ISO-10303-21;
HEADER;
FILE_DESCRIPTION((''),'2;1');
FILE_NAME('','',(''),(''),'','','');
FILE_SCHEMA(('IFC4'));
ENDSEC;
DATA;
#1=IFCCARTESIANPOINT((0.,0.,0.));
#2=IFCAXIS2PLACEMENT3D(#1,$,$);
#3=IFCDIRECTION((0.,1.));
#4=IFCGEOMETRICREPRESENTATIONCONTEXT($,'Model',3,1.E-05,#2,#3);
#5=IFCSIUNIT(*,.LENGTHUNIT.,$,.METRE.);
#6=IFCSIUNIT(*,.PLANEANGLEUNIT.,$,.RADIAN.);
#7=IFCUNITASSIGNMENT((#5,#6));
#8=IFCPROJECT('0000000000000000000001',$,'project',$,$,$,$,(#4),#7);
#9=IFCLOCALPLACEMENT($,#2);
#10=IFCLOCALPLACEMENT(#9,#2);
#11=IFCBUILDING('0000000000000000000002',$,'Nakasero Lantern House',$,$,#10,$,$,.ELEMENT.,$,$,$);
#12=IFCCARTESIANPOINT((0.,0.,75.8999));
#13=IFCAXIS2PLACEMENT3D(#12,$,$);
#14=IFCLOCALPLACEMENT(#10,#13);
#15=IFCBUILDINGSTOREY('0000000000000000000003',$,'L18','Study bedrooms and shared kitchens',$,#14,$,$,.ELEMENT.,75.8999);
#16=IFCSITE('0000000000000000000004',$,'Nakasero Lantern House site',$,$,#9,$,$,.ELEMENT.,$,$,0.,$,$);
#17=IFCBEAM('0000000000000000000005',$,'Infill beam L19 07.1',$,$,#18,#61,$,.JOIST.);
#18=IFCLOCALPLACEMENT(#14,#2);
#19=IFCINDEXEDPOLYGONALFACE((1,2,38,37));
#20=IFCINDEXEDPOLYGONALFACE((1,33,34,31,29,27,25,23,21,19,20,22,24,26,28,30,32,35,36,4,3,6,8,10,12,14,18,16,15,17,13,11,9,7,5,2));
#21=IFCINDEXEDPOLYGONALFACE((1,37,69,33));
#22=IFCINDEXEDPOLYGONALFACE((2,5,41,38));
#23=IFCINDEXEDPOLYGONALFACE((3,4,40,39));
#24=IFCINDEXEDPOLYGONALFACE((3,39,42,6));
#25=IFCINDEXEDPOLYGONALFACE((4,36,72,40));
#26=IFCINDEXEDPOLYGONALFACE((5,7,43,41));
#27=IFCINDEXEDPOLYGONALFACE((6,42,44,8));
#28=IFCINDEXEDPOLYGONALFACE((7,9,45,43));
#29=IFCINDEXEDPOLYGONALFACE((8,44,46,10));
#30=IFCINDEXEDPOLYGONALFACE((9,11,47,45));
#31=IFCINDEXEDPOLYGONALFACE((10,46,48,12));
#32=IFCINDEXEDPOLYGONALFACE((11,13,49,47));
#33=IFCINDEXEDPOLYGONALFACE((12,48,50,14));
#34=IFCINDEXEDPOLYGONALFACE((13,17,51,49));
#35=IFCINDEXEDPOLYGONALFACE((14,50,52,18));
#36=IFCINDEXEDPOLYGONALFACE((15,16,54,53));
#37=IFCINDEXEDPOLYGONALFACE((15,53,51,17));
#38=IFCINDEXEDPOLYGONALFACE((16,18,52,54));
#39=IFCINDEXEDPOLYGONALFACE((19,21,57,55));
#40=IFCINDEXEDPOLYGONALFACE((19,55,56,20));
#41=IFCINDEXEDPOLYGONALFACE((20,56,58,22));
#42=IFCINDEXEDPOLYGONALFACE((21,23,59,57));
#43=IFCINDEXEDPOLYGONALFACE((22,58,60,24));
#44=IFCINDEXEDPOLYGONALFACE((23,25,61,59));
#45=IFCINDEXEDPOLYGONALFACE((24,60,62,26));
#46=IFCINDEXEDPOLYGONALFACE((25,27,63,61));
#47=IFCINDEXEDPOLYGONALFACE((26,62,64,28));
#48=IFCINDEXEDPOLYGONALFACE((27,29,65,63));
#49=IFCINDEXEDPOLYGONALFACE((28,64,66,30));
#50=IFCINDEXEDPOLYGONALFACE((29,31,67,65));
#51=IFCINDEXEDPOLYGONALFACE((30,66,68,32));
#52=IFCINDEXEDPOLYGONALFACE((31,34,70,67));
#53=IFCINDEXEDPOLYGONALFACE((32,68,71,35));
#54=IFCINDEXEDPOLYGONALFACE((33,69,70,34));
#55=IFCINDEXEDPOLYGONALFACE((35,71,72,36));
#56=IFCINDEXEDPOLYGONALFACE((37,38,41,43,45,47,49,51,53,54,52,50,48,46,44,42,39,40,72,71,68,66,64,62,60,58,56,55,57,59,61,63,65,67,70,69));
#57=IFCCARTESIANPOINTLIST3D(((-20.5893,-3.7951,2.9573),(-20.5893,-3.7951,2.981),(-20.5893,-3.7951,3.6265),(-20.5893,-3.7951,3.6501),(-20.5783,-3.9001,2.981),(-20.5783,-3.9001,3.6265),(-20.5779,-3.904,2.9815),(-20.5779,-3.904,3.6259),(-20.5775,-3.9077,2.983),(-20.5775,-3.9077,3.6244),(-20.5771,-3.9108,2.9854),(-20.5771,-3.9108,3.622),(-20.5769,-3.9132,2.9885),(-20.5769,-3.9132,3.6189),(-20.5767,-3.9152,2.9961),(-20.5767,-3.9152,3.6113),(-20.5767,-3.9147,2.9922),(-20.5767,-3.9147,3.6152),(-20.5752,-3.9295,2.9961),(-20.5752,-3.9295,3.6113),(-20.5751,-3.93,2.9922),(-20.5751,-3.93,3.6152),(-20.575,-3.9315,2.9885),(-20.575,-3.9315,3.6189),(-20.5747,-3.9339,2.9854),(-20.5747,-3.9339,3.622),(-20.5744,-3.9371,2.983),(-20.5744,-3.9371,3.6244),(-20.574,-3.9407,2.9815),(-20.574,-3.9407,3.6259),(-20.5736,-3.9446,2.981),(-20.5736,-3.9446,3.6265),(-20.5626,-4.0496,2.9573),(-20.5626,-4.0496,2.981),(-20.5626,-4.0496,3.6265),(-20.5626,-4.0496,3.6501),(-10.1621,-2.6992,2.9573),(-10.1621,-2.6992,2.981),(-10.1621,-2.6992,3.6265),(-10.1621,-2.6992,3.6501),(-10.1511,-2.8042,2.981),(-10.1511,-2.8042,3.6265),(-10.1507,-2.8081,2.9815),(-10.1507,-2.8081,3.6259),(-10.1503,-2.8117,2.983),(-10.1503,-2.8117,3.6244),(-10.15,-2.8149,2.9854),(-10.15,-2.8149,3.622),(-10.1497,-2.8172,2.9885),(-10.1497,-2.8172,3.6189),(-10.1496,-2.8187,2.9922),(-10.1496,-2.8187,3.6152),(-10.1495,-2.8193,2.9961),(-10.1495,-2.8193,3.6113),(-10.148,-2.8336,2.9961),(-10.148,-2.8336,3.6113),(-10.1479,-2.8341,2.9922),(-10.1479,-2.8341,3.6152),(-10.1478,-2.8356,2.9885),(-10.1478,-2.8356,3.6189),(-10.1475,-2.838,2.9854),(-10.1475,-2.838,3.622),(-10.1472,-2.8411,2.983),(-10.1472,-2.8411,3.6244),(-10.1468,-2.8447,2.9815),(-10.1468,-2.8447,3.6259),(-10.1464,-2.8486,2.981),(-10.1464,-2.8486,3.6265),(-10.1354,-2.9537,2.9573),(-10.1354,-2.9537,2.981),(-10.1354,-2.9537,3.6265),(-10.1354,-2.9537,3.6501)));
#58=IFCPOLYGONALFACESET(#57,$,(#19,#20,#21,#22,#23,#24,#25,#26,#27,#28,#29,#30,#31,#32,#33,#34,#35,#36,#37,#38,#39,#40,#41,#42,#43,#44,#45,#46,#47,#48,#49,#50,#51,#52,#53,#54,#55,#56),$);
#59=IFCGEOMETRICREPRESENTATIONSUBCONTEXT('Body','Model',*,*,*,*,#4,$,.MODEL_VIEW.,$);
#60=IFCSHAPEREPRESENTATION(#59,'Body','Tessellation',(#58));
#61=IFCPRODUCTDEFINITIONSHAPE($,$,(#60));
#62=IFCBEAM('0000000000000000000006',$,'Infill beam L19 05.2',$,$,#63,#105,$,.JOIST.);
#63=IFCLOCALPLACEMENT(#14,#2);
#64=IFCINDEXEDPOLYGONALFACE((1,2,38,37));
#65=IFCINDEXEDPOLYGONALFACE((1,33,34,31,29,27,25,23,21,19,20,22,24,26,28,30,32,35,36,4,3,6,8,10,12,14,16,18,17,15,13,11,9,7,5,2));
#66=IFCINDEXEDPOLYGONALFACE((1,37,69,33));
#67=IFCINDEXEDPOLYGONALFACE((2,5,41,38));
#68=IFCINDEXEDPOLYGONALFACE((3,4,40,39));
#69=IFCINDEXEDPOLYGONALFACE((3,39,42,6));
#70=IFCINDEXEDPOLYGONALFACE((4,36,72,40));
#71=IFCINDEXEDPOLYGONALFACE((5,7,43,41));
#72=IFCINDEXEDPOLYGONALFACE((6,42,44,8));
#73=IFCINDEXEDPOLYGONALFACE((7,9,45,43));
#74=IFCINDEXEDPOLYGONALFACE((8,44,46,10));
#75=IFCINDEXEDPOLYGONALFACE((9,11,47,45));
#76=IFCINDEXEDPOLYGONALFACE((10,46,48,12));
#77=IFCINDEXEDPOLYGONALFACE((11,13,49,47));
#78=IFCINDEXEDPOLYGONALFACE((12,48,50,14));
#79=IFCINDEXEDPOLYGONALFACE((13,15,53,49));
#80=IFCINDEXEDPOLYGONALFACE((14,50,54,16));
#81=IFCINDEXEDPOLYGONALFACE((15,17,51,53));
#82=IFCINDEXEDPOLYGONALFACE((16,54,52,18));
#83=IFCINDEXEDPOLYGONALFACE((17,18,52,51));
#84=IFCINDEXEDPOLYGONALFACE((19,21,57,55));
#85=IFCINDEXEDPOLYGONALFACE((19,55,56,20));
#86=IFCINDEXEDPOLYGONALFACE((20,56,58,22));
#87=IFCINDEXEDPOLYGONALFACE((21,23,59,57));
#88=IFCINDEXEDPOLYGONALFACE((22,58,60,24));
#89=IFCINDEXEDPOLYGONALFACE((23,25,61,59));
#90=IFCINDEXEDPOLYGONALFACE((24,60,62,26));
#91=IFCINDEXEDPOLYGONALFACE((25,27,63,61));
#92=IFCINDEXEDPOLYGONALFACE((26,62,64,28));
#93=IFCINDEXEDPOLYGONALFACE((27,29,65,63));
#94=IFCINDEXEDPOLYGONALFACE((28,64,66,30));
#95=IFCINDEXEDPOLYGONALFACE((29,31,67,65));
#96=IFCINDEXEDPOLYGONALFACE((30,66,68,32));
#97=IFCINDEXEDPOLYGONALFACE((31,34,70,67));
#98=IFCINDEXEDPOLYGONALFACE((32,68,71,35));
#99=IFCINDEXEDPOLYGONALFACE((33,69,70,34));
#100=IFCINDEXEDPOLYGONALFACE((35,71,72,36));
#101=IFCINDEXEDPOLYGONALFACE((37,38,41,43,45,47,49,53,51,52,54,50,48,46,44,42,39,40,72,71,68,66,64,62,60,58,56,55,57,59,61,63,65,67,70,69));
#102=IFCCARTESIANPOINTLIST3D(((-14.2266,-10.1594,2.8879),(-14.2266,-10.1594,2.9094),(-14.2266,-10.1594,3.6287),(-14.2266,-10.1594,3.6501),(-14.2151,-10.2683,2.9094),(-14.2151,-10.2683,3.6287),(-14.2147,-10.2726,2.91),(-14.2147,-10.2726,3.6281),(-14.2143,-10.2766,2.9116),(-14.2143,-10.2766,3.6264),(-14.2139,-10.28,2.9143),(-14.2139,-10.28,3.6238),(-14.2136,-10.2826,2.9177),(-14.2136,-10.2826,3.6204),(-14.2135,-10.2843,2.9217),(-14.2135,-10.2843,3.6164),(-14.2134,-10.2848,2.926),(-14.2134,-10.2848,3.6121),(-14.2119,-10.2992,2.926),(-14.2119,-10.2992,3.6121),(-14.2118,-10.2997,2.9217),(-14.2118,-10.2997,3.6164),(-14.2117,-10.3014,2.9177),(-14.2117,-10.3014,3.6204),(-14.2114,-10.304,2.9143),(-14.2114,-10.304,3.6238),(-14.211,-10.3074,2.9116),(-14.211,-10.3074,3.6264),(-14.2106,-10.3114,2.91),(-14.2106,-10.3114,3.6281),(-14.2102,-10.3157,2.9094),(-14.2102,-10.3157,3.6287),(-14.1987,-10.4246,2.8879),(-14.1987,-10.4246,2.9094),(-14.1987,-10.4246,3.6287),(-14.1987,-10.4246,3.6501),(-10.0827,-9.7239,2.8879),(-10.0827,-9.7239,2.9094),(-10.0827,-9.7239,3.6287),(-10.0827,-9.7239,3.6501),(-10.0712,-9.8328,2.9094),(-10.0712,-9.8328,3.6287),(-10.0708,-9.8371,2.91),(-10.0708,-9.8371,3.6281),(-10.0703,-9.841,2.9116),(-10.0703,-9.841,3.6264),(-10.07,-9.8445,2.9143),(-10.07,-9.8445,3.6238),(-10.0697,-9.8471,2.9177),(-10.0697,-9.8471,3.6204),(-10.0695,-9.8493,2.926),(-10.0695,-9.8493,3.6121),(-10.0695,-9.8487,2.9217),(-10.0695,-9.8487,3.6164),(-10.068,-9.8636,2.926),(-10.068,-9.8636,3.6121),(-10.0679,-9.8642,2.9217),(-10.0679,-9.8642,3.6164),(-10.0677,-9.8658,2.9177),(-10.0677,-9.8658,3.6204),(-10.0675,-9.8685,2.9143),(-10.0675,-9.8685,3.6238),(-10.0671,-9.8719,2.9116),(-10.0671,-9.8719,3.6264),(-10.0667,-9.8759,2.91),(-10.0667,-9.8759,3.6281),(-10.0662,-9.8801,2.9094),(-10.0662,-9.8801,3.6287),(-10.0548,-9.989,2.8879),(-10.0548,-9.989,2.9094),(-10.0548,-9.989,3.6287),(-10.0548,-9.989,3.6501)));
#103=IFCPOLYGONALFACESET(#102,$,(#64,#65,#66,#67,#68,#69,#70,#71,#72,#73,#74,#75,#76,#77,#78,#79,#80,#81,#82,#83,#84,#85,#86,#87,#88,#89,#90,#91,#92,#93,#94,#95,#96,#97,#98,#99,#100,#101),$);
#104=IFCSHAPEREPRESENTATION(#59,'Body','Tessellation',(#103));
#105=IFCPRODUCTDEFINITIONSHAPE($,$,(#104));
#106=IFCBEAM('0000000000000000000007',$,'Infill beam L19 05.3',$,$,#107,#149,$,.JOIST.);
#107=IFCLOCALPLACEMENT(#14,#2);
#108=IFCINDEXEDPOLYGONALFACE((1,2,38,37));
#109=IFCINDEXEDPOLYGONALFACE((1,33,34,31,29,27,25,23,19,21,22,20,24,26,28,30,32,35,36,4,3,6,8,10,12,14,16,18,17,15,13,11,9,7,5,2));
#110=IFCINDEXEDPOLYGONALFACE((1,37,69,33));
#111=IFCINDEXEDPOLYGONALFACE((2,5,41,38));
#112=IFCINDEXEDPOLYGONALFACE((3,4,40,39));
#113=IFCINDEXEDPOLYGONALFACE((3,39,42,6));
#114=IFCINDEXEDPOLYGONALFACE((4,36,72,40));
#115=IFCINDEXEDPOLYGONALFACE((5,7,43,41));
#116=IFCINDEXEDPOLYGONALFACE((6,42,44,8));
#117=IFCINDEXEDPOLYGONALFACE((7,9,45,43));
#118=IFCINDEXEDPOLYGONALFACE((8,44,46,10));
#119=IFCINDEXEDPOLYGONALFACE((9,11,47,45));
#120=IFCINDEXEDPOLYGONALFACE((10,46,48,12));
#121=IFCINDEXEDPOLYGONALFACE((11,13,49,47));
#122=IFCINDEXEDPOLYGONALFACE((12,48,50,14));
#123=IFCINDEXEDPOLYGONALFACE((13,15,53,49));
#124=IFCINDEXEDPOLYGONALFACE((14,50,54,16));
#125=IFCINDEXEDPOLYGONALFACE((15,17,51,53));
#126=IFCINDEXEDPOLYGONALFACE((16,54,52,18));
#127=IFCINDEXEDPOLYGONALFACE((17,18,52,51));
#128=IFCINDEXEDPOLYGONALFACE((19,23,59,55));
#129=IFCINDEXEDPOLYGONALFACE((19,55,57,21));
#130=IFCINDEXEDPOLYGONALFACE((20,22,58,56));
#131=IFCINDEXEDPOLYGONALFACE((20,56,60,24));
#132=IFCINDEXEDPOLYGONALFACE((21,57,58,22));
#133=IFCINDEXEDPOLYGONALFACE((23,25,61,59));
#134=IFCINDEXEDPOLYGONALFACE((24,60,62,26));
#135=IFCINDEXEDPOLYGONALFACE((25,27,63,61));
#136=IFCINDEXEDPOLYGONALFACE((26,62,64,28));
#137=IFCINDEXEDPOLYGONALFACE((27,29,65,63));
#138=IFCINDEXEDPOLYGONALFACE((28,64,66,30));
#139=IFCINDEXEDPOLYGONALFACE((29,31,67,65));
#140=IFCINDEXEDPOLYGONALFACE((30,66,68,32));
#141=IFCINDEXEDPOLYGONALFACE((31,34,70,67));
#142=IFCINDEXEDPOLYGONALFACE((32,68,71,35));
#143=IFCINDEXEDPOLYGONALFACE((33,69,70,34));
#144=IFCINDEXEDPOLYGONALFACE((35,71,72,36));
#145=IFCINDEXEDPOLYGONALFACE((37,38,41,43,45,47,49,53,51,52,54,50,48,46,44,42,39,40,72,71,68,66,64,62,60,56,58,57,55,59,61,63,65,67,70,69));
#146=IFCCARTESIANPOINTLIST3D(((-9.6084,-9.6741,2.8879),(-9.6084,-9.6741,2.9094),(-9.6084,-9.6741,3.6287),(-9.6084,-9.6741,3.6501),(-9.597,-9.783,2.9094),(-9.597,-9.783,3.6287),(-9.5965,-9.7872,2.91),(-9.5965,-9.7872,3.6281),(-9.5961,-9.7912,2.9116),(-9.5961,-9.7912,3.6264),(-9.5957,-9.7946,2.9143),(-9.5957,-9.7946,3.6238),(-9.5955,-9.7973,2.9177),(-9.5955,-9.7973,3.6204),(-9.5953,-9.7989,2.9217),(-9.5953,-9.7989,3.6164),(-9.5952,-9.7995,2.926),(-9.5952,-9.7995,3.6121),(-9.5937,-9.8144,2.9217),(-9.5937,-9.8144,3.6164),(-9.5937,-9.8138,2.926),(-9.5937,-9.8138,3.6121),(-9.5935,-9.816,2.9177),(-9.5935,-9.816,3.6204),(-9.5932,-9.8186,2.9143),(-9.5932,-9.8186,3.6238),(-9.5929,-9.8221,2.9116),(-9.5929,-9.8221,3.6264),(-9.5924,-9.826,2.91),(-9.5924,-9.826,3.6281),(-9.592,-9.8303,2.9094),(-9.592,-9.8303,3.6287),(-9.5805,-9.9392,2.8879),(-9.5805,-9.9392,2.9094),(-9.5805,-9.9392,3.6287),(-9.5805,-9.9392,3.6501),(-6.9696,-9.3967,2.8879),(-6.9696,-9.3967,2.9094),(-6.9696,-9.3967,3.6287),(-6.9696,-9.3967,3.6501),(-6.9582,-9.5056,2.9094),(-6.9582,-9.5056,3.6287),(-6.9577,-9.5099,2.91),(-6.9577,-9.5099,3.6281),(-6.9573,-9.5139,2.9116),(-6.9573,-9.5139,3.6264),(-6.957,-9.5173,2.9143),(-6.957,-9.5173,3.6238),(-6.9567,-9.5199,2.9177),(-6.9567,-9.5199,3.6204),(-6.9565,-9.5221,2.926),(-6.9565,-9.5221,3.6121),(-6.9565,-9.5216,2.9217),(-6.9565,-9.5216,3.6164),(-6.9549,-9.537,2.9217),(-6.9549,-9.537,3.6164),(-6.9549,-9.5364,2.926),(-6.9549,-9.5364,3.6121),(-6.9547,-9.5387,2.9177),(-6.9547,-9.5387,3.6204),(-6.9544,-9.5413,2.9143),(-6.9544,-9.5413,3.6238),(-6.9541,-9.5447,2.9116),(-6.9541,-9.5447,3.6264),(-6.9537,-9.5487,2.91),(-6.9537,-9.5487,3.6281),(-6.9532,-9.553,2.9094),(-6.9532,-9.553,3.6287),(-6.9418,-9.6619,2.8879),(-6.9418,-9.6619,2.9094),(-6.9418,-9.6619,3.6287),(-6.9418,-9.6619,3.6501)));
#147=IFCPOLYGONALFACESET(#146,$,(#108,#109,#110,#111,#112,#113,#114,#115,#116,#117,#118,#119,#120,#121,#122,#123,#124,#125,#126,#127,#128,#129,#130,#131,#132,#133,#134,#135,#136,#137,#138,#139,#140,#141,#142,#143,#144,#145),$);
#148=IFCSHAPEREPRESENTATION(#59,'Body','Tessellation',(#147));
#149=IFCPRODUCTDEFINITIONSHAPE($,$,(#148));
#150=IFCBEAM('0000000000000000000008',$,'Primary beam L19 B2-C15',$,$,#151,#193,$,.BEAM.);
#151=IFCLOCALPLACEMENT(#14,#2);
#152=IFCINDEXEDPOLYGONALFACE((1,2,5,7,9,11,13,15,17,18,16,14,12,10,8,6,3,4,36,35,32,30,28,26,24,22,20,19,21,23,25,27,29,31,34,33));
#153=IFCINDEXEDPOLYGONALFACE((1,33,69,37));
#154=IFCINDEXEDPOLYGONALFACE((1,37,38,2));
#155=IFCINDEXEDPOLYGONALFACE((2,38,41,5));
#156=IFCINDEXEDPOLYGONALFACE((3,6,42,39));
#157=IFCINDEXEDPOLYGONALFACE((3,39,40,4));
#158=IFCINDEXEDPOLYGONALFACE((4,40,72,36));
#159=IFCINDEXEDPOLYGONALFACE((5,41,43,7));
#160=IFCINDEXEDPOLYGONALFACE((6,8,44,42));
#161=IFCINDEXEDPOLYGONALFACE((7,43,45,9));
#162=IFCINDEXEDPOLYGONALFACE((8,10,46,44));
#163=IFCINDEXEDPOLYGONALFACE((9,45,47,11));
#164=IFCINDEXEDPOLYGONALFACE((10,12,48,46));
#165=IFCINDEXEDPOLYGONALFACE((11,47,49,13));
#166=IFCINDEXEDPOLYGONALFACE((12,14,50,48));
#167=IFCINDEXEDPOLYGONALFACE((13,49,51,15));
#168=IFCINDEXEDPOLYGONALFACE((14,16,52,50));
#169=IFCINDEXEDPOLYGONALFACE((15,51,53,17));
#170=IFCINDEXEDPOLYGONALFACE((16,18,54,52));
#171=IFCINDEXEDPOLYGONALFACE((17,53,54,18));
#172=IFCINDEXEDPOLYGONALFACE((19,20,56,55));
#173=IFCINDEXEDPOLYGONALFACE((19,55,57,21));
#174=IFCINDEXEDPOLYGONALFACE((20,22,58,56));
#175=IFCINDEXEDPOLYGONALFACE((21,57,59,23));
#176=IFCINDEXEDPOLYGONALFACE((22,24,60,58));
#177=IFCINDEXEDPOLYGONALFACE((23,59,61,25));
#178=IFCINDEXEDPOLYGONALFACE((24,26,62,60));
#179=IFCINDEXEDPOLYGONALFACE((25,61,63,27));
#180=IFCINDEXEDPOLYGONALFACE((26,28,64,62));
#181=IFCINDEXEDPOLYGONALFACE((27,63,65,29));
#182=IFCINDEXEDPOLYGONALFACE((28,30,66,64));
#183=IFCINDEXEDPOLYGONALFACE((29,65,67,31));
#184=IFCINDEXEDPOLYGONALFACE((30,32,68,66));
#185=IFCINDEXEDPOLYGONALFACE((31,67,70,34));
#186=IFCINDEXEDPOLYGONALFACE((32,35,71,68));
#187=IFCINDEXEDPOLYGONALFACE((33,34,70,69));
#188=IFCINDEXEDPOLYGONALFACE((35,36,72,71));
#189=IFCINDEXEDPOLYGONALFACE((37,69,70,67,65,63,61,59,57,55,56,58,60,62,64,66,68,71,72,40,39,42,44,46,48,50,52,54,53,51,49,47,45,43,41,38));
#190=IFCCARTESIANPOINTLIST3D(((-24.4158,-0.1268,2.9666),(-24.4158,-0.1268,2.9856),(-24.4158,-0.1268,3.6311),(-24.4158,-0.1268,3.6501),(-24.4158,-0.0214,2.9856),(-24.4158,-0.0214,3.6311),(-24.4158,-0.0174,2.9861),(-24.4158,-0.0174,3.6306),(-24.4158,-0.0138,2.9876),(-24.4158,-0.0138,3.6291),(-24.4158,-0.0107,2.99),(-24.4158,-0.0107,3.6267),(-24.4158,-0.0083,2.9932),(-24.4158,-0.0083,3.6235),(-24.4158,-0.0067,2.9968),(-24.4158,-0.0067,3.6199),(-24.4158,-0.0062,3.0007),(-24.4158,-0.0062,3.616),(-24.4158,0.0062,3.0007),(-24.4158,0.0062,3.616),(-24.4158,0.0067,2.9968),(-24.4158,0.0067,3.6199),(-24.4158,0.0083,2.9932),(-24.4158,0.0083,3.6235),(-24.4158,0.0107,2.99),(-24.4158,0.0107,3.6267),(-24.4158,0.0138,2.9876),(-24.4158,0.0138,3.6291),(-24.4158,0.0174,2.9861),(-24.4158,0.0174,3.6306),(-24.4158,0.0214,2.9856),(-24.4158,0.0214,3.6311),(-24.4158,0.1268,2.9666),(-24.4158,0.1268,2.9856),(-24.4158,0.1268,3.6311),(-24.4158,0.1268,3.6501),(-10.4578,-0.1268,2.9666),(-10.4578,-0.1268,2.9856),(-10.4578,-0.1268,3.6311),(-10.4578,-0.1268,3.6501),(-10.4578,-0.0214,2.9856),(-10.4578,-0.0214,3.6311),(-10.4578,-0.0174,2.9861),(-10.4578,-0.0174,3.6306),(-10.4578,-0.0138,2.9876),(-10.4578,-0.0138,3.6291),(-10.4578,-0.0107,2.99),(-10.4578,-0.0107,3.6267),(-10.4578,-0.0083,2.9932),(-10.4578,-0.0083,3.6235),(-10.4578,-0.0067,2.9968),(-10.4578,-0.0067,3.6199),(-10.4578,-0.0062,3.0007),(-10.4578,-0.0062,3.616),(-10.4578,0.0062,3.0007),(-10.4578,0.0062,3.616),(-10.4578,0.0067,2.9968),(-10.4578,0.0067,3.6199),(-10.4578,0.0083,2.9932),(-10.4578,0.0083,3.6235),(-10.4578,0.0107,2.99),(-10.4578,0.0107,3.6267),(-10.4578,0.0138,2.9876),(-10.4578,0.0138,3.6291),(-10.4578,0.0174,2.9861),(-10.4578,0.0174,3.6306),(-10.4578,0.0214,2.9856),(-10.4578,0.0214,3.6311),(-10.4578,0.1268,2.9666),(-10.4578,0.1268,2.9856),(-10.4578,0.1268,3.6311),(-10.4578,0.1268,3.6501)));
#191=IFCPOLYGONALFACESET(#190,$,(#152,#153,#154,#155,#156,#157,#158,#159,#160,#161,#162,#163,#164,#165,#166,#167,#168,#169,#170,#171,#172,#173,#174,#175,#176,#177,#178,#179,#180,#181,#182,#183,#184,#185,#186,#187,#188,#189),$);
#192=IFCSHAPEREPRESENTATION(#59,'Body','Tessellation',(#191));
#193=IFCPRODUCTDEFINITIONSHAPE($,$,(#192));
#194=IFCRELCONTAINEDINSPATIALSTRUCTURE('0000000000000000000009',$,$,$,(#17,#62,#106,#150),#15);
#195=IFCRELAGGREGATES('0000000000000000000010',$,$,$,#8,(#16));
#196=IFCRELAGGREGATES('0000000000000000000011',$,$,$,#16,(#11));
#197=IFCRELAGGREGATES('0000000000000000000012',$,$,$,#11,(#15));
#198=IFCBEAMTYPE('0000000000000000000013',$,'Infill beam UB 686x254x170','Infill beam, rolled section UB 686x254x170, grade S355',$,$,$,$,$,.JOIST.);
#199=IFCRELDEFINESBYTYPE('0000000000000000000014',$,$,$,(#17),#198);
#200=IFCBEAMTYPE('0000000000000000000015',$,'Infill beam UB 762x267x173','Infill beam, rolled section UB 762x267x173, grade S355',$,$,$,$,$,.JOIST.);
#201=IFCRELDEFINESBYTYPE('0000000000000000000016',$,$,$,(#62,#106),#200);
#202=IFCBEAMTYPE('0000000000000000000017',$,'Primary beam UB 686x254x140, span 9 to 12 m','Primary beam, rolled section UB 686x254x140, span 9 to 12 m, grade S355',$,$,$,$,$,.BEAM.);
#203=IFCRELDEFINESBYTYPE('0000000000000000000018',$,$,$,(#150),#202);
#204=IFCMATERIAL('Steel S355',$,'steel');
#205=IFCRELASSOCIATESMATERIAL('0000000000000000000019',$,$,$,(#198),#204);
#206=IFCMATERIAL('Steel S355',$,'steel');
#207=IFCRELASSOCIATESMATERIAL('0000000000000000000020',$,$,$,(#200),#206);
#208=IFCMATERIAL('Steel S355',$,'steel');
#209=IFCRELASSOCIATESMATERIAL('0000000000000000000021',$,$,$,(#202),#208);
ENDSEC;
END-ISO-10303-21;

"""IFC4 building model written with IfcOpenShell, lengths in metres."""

from ifc_helpers import new_model, si_unit, direction, frame, origin, origin_2d, place, context, subcontext, project, spatial, i_section, extrude, material, material_profile, profile_set, type_object, element, save


model = new_model("IFC4")

# Units and contexts
model_context = context("Model", 3, precision=1e-05, world=origin(), true_north=direction((0.0, 1.0)))
body_context = subcontext(model_context, "Body", "Model", "MODEL_VIEW")
ifc_project = project(units=[si_unit("LENGTHUNIT", "METRE"), si_unit("PLANEANGLEUNIT", "RADIAN")], contexts=[model_context])

# Site, building, storey
site_placement = place(None, origin())
site = spatial("IfcSite", under=ifc_project, at=site_placement, Name="Nakasero Lantern House site", CompositionType="ELEMENT", RefElevation=0.0)
building_placement = place(site_placement, origin())
building = spatial("IfcBuilding", under=site, at=building_placement, Name="Nakasero Lantern House", CompositionType="ELEMENT")
storey_placement = place(building_placement, frame((0.0, 0.0, 75.8999)))
storey = spatial("IfcBuildingStorey", under=building, at=storey_placement, Name="L18", Description="Study bedrooms and shared kitchens", CompositionType="ELEMENT", Elevation=75.8999)

# Beams
ifc_material_1 = material(Name="Steel S355", Category="steel")
ifc_material_profile_1 = material_profile(ifc_material_1, i_section(OverallWidth=0.2559, OverallDepth=0.6929, WebThickness=0.0144, FlangeThickness=0.0237, FilletRadius=0.0151, at=origin_2d()), Name="UB 686x254x170")
ifc_profile_set_1 = profile_set([ifc_material_profile_1], Name="Steel S355")
beam_type_1 = type_object("IfcBeamType", Name="Infill beam UB 686x254x170", Description="Infill beam, rolled section UB 686x254x170, grade S355", PredefinedType="JOIST", material=ifc_profile_set_1)
beam_1_placement = place(storey_placement, frame((-20.5759, -3.9224, 3.3037), z_axis=(0.994522, 0.104528, 0.0), x_axis=(-0.104528, 0.994522, 0.0)))
element("IfcBeam", 1, at=beam_1_placement, inside=storey, type_object=beam_type_1, Name="Infill beam L19 07.1", PredefinedType="JOIST", context=body_context, shape_type="SweptSolid", body=[
    extrude(i_section(OverallWidth=0.2559, OverallDepth=0.6929, WebThickness=0.0144, FlangeThickness=0.0237, FilletRadius=0.0151, at=origin_2d()), origin(), (0.0, 0.0, 1.0), 10.4846),
])
ifc_material_2 = material(Name="Steel S355", Category="steel")
ifc_material_profile_2 = material_profile(ifc_material_2, i_section(OverallWidth=0.2666, OverallDepth=0.7622, WebThickness=0.0144, FlangeThickness=0.0215, FilletRadius=0.0166, at=origin_2d()), Name="UB 762x267x173")
ifc_profile_set_2 = profile_set([ifc_material_profile_2], Name="Steel S355")
beam_type_2 = type_object("IfcBeamType", Name="Infill beam UB 762x267x173", Description="Infill beam, rolled section UB 762x267x173, grade S355", PredefinedType="JOIST", material=ifc_profile_set_2)
beam_2_placement = place(storey_placement, frame((-14.2126, -10.292, 3.269), z_axis=(0.994522, 0.104526, 0.0), x_axis=(-0.104526, 0.994522, 0.0)))
element("IfcBeam", 2, at=beam_2_placement, inside=storey, type_object=beam_type_2, Name="Infill beam L19 05.2", PredefinedType="JOIST", context=body_context, shape_type="SweptSolid", body=[
    extrude(i_section(OverallWidth=0.2666, OverallDepth=0.7622, WebThickness=0.0144, FlangeThickness=0.0215, FilletRadius=0.0166, at=origin_2d()), origin(), (0.0, 0.0, 1.0), 4.1667),
])
beam_3_placement = place(storey_placement, frame((-9.5945, -9.8066, 3.269), z_axis=(0.994522, 0.104532, 0.0), x_axis=(-0.104532, 0.994522, 0.0)))
element("IfcBeam", 3, at=beam_3_placement, inside=storey, type_object=beam_type_2, Name="Infill beam L19 05.3", PredefinedType="JOIST", context=body_context, shape_type="SweptSolid", body=[
    extrude(i_section(OverallWidth=0.2666, OverallDepth=0.7622, WebThickness=0.0144, FlangeThickness=0.0215, FilletRadius=0.0166, at=origin_2d()), origin(), (0.0, 0.0, 1.0), 2.6533),
])
ifc_material_3 = material(Name="Steel S355", Category="steel")
ifc_material_profile_3 = material_profile(ifc_material_3, i_section(OverallWidth=0.2537, OverallDepth=0.6836, WebThickness=0.0125, FlangeThickness=0.019, FilletRadius=0.0151, at=origin_2d()), Name="UB 686x254x140")
ifc_profile_set_3 = profile_set([ifc_material_profile_3], Name="Steel S355")
beam_type_3 = type_object("IfcBeamType", Name="Primary beam UB 686x254x140, span 9 to 12 m", Description="Primary beam, rolled section UB 686x254x140, span 9 to 12 m, grade S355", PredefinedType="BEAM", material=ifc_profile_set_3)
beam_4_placement = place(storey_placement, frame((-24.4158, 0.0, 3.3083), z_axis=(1.0, 0.0, 0.0), x_axis=(0.0, 1.0, 0.0)))
element("IfcBeam", 4, at=beam_4_placement, inside=storey, type_object=beam_type_3, Name="Primary beam L19 B2-C15", PredefinedType="BEAM", context=body_context, shape_type="SweptSolid", body=[
    extrude(i_section(OverallWidth=0.2537, OverallDepth=0.6836, WebThickness=0.0125, FlangeThickness=0.019, FilletRadius=0.0151, at=origin_2d()), origin(), (0.0, 0.0, 1.0), 13.958),
])

save(model, "model.ifc")
